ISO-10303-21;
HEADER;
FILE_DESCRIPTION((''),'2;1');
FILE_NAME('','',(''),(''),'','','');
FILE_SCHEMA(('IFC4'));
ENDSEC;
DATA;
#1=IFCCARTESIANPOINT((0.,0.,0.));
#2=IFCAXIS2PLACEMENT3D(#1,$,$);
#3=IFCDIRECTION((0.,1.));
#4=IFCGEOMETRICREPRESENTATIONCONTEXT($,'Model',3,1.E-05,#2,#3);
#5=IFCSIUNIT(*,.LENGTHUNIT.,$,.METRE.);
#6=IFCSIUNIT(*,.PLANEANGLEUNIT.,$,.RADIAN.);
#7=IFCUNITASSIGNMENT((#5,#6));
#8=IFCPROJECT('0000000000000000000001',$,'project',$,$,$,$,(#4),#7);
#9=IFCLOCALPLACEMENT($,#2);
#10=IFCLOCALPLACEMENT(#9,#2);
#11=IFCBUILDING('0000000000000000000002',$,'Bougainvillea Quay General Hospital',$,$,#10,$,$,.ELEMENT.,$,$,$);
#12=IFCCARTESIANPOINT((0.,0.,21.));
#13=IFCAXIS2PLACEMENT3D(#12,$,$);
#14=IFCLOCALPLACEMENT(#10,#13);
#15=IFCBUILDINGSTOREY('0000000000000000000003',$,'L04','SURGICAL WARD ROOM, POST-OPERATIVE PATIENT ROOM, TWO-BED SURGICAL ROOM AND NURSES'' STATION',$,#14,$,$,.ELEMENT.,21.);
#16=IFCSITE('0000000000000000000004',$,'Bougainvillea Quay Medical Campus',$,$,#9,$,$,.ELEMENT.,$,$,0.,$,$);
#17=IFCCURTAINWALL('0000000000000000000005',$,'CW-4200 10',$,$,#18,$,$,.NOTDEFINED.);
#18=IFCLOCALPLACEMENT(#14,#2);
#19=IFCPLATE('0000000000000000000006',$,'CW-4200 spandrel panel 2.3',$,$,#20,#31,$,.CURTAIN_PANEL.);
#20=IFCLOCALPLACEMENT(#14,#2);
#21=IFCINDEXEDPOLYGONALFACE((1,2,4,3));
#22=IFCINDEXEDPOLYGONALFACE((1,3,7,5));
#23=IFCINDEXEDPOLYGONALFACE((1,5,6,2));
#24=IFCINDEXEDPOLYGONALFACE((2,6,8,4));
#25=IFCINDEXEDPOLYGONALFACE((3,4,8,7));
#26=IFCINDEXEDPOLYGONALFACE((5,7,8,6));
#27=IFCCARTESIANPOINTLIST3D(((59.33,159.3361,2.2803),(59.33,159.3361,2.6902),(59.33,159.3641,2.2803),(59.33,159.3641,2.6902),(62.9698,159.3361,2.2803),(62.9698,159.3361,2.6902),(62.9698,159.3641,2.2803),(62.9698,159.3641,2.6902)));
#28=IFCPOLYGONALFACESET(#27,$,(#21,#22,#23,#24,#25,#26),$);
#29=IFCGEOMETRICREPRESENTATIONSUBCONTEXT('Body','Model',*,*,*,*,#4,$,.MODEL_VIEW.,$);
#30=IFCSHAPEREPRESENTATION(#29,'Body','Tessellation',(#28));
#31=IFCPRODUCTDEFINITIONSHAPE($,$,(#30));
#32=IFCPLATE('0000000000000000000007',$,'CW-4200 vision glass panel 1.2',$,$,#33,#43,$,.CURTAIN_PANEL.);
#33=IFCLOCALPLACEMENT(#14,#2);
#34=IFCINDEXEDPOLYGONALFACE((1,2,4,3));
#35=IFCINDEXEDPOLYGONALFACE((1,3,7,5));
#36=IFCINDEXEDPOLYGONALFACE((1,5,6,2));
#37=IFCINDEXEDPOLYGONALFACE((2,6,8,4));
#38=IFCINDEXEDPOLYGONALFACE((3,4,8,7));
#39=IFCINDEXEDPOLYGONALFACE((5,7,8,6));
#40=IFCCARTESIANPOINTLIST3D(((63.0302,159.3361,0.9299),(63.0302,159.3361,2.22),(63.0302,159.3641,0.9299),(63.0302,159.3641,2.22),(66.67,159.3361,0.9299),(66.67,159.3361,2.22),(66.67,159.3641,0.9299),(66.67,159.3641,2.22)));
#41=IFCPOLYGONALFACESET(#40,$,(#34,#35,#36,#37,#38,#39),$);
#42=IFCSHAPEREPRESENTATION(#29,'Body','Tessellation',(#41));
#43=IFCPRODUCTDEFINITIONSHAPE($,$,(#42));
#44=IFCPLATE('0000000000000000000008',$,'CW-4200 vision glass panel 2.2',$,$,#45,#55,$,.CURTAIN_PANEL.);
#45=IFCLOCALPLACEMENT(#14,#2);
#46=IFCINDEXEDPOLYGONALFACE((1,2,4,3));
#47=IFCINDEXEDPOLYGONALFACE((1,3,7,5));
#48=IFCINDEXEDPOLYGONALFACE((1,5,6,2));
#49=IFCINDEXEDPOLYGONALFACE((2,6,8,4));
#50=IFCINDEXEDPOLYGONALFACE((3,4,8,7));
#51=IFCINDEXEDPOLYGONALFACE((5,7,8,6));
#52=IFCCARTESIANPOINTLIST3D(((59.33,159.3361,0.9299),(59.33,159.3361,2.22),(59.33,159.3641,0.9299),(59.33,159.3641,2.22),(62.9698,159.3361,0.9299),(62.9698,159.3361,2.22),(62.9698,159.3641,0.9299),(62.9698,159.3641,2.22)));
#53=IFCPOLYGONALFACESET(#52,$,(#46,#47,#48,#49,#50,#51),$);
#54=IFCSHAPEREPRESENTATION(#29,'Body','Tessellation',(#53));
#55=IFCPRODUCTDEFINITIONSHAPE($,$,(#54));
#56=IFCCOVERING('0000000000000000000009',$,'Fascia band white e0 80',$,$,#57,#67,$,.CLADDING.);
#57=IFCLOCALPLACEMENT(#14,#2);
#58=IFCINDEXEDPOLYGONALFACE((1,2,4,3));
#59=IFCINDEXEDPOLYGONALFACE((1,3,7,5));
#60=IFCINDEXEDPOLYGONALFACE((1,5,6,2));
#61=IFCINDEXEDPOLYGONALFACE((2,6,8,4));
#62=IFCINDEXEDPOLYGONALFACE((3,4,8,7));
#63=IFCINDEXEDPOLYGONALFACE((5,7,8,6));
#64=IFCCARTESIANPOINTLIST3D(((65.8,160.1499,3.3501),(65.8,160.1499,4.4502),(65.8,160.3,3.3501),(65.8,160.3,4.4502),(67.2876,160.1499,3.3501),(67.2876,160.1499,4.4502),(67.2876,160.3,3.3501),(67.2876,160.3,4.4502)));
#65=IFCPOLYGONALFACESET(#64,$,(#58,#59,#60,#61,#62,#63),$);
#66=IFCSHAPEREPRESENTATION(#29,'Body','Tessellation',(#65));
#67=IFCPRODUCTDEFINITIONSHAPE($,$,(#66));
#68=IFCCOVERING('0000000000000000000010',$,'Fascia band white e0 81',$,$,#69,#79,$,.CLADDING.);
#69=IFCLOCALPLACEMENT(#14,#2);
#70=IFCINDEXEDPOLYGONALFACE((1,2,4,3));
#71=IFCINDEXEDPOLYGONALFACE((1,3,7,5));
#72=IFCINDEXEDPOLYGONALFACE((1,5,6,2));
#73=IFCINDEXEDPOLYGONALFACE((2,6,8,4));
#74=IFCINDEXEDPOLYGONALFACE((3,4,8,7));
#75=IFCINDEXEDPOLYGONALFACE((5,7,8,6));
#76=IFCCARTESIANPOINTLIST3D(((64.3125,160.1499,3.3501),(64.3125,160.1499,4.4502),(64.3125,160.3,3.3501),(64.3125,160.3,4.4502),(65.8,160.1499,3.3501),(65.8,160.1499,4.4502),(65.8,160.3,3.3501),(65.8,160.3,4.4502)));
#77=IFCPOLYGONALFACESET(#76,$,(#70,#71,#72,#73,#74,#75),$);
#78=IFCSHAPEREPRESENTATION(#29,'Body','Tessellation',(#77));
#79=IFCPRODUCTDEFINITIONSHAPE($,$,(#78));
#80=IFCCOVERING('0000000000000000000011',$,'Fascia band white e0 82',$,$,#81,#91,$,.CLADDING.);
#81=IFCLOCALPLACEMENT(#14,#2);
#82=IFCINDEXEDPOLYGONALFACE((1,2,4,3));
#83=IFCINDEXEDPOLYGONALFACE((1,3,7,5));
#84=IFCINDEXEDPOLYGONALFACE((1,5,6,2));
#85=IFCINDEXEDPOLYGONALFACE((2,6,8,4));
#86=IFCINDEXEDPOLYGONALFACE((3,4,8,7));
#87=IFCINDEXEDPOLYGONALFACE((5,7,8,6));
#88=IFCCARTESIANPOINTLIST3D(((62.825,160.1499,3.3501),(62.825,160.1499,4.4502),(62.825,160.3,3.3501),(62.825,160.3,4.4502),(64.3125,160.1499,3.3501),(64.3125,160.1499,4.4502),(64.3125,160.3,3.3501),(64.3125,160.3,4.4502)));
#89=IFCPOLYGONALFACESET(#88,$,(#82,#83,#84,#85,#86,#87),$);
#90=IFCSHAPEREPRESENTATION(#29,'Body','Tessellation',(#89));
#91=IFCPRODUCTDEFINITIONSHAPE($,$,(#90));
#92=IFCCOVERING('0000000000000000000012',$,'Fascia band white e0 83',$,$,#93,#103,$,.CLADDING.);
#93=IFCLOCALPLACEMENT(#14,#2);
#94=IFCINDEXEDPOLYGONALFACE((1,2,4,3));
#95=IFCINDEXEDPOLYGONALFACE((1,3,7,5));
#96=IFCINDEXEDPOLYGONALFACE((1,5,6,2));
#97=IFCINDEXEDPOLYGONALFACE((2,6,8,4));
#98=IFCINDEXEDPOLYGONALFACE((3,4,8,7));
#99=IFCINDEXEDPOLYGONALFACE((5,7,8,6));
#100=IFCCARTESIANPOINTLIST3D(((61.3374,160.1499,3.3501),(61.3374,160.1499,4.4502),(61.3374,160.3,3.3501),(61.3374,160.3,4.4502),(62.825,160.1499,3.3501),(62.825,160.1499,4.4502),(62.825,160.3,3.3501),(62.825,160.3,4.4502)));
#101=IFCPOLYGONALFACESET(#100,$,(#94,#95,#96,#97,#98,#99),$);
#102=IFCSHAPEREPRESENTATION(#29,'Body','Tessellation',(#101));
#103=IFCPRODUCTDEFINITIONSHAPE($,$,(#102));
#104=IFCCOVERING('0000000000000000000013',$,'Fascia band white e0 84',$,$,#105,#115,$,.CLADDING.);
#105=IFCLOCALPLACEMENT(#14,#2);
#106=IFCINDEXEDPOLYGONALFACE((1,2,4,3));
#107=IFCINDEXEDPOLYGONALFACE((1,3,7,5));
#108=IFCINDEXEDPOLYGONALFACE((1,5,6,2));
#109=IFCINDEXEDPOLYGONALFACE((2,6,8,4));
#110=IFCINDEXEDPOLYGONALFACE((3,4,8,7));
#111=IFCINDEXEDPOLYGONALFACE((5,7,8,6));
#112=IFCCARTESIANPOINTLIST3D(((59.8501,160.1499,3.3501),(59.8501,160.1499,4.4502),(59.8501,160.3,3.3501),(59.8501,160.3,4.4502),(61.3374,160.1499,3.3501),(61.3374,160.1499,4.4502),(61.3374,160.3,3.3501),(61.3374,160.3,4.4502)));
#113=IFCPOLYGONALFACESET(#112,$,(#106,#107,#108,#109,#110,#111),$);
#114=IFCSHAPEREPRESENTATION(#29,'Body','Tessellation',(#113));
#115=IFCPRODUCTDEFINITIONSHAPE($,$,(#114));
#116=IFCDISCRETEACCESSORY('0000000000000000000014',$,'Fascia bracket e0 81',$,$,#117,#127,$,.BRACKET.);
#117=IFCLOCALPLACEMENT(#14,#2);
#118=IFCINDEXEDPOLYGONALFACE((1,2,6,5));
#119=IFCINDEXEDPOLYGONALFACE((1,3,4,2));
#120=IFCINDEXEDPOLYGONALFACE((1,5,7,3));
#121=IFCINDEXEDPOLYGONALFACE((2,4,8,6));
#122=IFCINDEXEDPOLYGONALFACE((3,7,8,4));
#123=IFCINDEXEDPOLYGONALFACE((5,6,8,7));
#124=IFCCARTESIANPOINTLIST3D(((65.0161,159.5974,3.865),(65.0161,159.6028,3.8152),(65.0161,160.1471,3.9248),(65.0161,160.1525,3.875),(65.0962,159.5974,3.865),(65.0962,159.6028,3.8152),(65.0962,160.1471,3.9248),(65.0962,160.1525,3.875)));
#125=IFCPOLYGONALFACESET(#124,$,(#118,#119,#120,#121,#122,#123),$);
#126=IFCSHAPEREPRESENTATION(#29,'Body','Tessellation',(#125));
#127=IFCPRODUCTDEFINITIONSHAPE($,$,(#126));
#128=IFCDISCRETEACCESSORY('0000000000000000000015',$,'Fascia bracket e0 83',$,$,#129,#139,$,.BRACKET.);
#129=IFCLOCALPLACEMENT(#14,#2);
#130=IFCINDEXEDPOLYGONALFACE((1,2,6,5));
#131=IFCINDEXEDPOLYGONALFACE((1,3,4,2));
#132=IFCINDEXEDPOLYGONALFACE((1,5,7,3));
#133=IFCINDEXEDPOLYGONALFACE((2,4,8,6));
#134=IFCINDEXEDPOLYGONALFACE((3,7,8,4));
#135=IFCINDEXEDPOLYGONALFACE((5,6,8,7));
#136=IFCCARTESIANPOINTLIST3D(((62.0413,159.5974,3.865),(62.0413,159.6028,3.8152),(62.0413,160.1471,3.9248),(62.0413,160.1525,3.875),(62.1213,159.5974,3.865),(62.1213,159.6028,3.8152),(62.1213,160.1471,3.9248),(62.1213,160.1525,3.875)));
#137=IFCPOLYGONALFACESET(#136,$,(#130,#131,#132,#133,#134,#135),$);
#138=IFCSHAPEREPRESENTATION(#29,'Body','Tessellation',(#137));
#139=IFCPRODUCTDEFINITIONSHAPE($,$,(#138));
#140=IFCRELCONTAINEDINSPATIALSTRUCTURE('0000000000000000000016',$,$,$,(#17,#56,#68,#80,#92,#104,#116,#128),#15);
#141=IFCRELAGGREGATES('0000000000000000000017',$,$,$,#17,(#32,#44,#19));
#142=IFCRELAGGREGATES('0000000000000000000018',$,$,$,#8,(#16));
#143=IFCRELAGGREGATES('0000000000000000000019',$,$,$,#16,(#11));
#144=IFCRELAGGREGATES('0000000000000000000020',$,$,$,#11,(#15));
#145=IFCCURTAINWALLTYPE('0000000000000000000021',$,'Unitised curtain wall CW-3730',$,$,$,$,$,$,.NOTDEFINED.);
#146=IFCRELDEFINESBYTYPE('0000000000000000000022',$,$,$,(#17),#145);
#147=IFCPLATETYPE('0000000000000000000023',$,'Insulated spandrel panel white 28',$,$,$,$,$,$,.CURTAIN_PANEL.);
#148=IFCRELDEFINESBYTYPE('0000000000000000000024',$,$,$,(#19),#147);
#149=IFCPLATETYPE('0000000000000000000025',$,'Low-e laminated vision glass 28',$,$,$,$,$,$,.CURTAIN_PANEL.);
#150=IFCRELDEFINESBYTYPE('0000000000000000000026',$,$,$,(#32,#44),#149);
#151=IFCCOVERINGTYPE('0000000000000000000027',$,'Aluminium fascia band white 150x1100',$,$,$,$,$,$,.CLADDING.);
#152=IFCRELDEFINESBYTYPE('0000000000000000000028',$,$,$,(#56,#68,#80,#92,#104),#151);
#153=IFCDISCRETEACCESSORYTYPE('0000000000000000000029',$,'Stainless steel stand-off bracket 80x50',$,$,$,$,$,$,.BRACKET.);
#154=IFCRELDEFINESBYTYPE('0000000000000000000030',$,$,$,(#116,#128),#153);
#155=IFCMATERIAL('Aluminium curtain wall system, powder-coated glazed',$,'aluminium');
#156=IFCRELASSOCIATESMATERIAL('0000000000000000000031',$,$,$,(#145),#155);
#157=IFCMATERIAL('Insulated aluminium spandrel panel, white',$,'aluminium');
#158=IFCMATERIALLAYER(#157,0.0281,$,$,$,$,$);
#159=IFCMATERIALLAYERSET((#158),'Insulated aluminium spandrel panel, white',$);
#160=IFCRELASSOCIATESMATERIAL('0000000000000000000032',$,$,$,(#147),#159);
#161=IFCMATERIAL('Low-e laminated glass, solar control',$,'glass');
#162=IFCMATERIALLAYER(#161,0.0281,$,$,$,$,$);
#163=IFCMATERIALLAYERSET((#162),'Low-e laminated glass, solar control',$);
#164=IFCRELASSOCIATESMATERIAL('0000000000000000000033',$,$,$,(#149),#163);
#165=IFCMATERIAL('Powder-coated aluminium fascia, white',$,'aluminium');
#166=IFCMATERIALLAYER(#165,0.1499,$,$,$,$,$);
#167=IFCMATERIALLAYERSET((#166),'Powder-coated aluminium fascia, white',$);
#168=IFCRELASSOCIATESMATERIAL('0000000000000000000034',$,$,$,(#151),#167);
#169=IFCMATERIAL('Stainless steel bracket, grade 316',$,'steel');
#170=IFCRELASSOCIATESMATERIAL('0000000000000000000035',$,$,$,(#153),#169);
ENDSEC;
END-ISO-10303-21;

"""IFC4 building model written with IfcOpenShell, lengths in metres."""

from ifc_helpers import new_model, si_unit, direction, frame, origin, origin_2d, place, context, subcontext, project, spatial, polyline, rectangle, outline, extrude, material, layer, layer_set, material_profile, profile_set, type_object, element, aggregate, save


model = new_model("IFC4")

# Units and contexts
model_context = context("Model", 3, precision=1e-05, world=origin(), true_north=direction((0.0, 1.0)))
body_context = subcontext(model_context, "Body", "Model", "MODEL_VIEW")
ifc_project = project(units=[si_unit("LENGTHUNIT", "METRE"), si_unit("PLANEANGLEUNIT", "RADIAN")], contexts=[model_context])

# Site, building, storey
site_placement = place(None, origin())
site = spatial("IfcSite", under=ifc_project, at=site_placement, Name="Bougainvillea Quay Medical Campus", CompositionType="ELEMENT", RefElevation=0.0)
building_placement = place(site_placement, origin())
building = spatial("IfcBuilding", under=site, at=building_placement, Name="Bougainvillea Quay General Hospital", CompositionType="ELEMENT")
storey_placement = place(building_placement, frame((0.0, 0.0, 21.0)))
storey = spatial("IfcBuildingStorey", under=building, at=storey_placement, Name="L04", Description="SURGICAL WARD ROOM, POST-OPERATIVE PATIENT ROOM, TWO-BED SURGICAL ROOM AND NURSES' STATION", CompositionType="ELEMENT", Elevation=21.0)

# Curtain wall
ifc_material_1 = material(Name="Aluminium curtain wall system, powder-coated glazed", Category="aluminium")
curtain_wall_type = type_object("IfcCurtainWallType", Name="Unitised curtain wall CW-3730", PredefinedType="NOTDEFINED", material=ifc_material_1)
curtain_wall_placement = place(storey_placement, origin())
curtain_wall = element("IfcCurtainWall", 1, at=curtain_wall_placement, inside=storey, type_object=curtain_wall_type, Name="CW-4200 10", PredefinedType="NOTDEFINED")

# Plates
ifc_material_2 = material(Name="Insulated aluminium spandrel panel, white", Category="aluminium")
ifc_layer_1 = layer(ifc_material_2, 0.0281)
ifc_layer_set_1 = layer_set([ifc_layer_1], Name="Insulated aluminium spandrel panel, white")
plate_type_1 = type_object("IfcPlateType", Name="Insulated spandrel panel white 28", PredefinedType="CURTAIN_PANEL", material=ifc_layer_set_1)
plate_1_placement = place(storey_placement, frame((61.1499, 159.3501, 2.2803), z_axis=(0.0, 0.0, 1.0), x_axis=(-1.0, 0.0, 0.0)))
plate_1 = element("IfcPlate", 2, at=plate_1_placement, type_object=plate_type_1, Name="CW-4200 spandrel panel 2.3", PredefinedType="CURTAIN_PANEL", context=body_context, shape_type="SweptSolid", body=[
    extrude(rectangle(XDim=3.6399, YDim=0.0281, at=origin_2d()), origin(), (0.0, 0.0, 1.0), 0.4099),
])
ifc_material_3 = material(Name="Low-e laminated glass, solar control", Category="glass")
ifc_layer_2 = layer(ifc_material_3, 0.0281)
ifc_layer_set_2 = layer_set([ifc_layer_2], Name="Low-e laminated glass, solar control")
plate_type_2 = type_object("IfcPlateType", Name="Low-e laminated vision glass 28", PredefinedType="CURTAIN_PANEL", material=ifc_layer_set_2)
plate_2_placement = place(storey_placement, frame((64.8501, 159.3501, 0.9299), z_axis=(0.0, 0.0, 1.0), x_axis=(-1.0, 0.0, 0.0)))
plate_2 = element("IfcPlate", 3, at=plate_2_placement, type_object=plate_type_2, Name="CW-4200 vision glass panel 1.2", PredefinedType="CURTAIN_PANEL", context=body_context, shape_type="SweptSolid", body=[
    extrude(rectangle(XDim=3.6399, YDim=0.0281, at=origin_2d()), origin(), (0.0, 0.0, 1.0), 1.29),
])
plate_3_placement = place(storey_placement, frame((61.1499, 159.3501, 0.9299), z_axis=(0.0, 0.0, 1.0), x_axis=(-1.0, 0.0, 0.0)))
plate_3 = element("IfcPlate", 4, at=plate_3_placement, type_object=plate_type_2, Name="CW-4200 vision glass panel 2.2", PredefinedType="CURTAIN_PANEL", context=body_context, shape_type="SweptSolid", body=[
    extrude(rectangle(XDim=3.6399, YDim=0.0281, at=origin_2d()), origin(), (0.0, 0.0, 1.0), 1.29),
])
aggregate(curtain_wall, [plate_2, plate_3, plate_1])

# Coverings
ifc_material_4 = material(Name="Powder-coated aluminium fascia, white", Category="aluminium")
ifc_layer_3 = layer(ifc_material_4, 0.1499)
ifc_layer_set_3 = layer_set([ifc_layer_3], Name="Powder-coated aluminium fascia, white")
covering_type = type_object("IfcCoveringType", Name="Aluminium fascia band white 150x1100", PredefinedType="CLADDING", material=ifc_layer_set_3)
for number, where, z_axis, x_axis, name in (
    (5, (67.2876, 160.1499, 3.3501), (0.0, 0.0, 1.0), (-1.0, 0.0, 0.0), "Fascia band white e0 80"),
    (6, (65.8, 160.1499, 3.3501), (0.0, 0.0, 1.0), (-1.0, 0.0, 0.0), "Fascia band white e0 81"),
    (7, (64.3125, 160.1499, 3.3501), (0.0, 0.0, 1.0), (-1.0, 0.0, 0.0), "Fascia band white e0 82"),
    (8, (62.825, 160.1499, 3.3501), (0.0, 0.0, 1.0), (-1.0, 0.0, 0.0), "Fascia band white e0 83"),
):
    element("IfcCovering", number, at=place(storey_placement, frame(where, z_axis=z_axis, x_axis=x_axis)), inside=storey, type_object=covering_type, Name=name, PredefinedType="CLADDING", context=body_context, shape_type="SweptSolid", body=[
        extrude(outline(polyline([(0.0, 0.0), (1.4875, 0.0), (1.4875, -0.1501), (0.0, -0.1501), (0.0, 0.0)])), origin(), (0.0, 0.0, 1.0), 1.1001),
    ])
covering_placement = place(storey_placement, frame((61.3374, 160.1499, 3.3501), z_axis=(0.0, 0.0, 1.0), x_axis=(-1.0, 0.0, 0.0)))
element("IfcCovering", 9, at=covering_placement, inside=storey, type_object=covering_type, Name="Fascia band white e0 84", PredefinedType="CLADDING", context=body_context, shape_type="SweptSolid", body=[
    extrude(outline(polyline([(0.0, 0.0), (1.4873, 0.0), (1.4873, -0.1501), (0.0, -0.1501), (0.0, 0.0)])), origin(), (0.0, 0.0, 1.0), 1.1001),
])

# Discrete accessories
ifc_material_5 = material(Name="Stainless steel bracket, grade 316", Category="steel")
ifc_material_profile_1 = material_profile(ifc_material_5, rectangle(XDim=0.0801, YDim=0.05, at=origin_2d()))
ifc_profile_set_1 = profile_set([ifc_material_profile_1], Name="Stainless steel bracket, grade 316")
discrete_accessory_type = type_object("IfcDiscreteAccessoryType", Name="Stainless steel stand-off bracket 80x50", PredefinedType="BRACKET", material=ifc_profile_set_1)
for number, where, z_axis, x_axis, name in (
    (10, (65.0562, 159.6001, 3.8401), (0.0, 0.994134, 0.108154), (-1.0, 0.0, 0.0), "Fascia bracket e0 81"),
    (11, (62.0813, 159.6001, 3.8401), (0.0, 0.994134, 0.108154), (-1.0, 0.0, 0.0), "Fascia bracket e0 83"),
):
    element("IfcDiscreteAccessory", number, at=place(storey_placement, frame(where, z_axis=z_axis, x_axis=x_axis)), inside=storey, type_object=discrete_accessory_type, Name=name, PredefinedType="BRACKET", context=body_context, shape_type="SweptSolid", body=[
        extrude(rectangle(XDim=0.0801, YDim=0.05, at=origin_2d()), origin(), (0.0, 0.0, 1.0), 0.553),
    ])

save(model, "model.ifc")
